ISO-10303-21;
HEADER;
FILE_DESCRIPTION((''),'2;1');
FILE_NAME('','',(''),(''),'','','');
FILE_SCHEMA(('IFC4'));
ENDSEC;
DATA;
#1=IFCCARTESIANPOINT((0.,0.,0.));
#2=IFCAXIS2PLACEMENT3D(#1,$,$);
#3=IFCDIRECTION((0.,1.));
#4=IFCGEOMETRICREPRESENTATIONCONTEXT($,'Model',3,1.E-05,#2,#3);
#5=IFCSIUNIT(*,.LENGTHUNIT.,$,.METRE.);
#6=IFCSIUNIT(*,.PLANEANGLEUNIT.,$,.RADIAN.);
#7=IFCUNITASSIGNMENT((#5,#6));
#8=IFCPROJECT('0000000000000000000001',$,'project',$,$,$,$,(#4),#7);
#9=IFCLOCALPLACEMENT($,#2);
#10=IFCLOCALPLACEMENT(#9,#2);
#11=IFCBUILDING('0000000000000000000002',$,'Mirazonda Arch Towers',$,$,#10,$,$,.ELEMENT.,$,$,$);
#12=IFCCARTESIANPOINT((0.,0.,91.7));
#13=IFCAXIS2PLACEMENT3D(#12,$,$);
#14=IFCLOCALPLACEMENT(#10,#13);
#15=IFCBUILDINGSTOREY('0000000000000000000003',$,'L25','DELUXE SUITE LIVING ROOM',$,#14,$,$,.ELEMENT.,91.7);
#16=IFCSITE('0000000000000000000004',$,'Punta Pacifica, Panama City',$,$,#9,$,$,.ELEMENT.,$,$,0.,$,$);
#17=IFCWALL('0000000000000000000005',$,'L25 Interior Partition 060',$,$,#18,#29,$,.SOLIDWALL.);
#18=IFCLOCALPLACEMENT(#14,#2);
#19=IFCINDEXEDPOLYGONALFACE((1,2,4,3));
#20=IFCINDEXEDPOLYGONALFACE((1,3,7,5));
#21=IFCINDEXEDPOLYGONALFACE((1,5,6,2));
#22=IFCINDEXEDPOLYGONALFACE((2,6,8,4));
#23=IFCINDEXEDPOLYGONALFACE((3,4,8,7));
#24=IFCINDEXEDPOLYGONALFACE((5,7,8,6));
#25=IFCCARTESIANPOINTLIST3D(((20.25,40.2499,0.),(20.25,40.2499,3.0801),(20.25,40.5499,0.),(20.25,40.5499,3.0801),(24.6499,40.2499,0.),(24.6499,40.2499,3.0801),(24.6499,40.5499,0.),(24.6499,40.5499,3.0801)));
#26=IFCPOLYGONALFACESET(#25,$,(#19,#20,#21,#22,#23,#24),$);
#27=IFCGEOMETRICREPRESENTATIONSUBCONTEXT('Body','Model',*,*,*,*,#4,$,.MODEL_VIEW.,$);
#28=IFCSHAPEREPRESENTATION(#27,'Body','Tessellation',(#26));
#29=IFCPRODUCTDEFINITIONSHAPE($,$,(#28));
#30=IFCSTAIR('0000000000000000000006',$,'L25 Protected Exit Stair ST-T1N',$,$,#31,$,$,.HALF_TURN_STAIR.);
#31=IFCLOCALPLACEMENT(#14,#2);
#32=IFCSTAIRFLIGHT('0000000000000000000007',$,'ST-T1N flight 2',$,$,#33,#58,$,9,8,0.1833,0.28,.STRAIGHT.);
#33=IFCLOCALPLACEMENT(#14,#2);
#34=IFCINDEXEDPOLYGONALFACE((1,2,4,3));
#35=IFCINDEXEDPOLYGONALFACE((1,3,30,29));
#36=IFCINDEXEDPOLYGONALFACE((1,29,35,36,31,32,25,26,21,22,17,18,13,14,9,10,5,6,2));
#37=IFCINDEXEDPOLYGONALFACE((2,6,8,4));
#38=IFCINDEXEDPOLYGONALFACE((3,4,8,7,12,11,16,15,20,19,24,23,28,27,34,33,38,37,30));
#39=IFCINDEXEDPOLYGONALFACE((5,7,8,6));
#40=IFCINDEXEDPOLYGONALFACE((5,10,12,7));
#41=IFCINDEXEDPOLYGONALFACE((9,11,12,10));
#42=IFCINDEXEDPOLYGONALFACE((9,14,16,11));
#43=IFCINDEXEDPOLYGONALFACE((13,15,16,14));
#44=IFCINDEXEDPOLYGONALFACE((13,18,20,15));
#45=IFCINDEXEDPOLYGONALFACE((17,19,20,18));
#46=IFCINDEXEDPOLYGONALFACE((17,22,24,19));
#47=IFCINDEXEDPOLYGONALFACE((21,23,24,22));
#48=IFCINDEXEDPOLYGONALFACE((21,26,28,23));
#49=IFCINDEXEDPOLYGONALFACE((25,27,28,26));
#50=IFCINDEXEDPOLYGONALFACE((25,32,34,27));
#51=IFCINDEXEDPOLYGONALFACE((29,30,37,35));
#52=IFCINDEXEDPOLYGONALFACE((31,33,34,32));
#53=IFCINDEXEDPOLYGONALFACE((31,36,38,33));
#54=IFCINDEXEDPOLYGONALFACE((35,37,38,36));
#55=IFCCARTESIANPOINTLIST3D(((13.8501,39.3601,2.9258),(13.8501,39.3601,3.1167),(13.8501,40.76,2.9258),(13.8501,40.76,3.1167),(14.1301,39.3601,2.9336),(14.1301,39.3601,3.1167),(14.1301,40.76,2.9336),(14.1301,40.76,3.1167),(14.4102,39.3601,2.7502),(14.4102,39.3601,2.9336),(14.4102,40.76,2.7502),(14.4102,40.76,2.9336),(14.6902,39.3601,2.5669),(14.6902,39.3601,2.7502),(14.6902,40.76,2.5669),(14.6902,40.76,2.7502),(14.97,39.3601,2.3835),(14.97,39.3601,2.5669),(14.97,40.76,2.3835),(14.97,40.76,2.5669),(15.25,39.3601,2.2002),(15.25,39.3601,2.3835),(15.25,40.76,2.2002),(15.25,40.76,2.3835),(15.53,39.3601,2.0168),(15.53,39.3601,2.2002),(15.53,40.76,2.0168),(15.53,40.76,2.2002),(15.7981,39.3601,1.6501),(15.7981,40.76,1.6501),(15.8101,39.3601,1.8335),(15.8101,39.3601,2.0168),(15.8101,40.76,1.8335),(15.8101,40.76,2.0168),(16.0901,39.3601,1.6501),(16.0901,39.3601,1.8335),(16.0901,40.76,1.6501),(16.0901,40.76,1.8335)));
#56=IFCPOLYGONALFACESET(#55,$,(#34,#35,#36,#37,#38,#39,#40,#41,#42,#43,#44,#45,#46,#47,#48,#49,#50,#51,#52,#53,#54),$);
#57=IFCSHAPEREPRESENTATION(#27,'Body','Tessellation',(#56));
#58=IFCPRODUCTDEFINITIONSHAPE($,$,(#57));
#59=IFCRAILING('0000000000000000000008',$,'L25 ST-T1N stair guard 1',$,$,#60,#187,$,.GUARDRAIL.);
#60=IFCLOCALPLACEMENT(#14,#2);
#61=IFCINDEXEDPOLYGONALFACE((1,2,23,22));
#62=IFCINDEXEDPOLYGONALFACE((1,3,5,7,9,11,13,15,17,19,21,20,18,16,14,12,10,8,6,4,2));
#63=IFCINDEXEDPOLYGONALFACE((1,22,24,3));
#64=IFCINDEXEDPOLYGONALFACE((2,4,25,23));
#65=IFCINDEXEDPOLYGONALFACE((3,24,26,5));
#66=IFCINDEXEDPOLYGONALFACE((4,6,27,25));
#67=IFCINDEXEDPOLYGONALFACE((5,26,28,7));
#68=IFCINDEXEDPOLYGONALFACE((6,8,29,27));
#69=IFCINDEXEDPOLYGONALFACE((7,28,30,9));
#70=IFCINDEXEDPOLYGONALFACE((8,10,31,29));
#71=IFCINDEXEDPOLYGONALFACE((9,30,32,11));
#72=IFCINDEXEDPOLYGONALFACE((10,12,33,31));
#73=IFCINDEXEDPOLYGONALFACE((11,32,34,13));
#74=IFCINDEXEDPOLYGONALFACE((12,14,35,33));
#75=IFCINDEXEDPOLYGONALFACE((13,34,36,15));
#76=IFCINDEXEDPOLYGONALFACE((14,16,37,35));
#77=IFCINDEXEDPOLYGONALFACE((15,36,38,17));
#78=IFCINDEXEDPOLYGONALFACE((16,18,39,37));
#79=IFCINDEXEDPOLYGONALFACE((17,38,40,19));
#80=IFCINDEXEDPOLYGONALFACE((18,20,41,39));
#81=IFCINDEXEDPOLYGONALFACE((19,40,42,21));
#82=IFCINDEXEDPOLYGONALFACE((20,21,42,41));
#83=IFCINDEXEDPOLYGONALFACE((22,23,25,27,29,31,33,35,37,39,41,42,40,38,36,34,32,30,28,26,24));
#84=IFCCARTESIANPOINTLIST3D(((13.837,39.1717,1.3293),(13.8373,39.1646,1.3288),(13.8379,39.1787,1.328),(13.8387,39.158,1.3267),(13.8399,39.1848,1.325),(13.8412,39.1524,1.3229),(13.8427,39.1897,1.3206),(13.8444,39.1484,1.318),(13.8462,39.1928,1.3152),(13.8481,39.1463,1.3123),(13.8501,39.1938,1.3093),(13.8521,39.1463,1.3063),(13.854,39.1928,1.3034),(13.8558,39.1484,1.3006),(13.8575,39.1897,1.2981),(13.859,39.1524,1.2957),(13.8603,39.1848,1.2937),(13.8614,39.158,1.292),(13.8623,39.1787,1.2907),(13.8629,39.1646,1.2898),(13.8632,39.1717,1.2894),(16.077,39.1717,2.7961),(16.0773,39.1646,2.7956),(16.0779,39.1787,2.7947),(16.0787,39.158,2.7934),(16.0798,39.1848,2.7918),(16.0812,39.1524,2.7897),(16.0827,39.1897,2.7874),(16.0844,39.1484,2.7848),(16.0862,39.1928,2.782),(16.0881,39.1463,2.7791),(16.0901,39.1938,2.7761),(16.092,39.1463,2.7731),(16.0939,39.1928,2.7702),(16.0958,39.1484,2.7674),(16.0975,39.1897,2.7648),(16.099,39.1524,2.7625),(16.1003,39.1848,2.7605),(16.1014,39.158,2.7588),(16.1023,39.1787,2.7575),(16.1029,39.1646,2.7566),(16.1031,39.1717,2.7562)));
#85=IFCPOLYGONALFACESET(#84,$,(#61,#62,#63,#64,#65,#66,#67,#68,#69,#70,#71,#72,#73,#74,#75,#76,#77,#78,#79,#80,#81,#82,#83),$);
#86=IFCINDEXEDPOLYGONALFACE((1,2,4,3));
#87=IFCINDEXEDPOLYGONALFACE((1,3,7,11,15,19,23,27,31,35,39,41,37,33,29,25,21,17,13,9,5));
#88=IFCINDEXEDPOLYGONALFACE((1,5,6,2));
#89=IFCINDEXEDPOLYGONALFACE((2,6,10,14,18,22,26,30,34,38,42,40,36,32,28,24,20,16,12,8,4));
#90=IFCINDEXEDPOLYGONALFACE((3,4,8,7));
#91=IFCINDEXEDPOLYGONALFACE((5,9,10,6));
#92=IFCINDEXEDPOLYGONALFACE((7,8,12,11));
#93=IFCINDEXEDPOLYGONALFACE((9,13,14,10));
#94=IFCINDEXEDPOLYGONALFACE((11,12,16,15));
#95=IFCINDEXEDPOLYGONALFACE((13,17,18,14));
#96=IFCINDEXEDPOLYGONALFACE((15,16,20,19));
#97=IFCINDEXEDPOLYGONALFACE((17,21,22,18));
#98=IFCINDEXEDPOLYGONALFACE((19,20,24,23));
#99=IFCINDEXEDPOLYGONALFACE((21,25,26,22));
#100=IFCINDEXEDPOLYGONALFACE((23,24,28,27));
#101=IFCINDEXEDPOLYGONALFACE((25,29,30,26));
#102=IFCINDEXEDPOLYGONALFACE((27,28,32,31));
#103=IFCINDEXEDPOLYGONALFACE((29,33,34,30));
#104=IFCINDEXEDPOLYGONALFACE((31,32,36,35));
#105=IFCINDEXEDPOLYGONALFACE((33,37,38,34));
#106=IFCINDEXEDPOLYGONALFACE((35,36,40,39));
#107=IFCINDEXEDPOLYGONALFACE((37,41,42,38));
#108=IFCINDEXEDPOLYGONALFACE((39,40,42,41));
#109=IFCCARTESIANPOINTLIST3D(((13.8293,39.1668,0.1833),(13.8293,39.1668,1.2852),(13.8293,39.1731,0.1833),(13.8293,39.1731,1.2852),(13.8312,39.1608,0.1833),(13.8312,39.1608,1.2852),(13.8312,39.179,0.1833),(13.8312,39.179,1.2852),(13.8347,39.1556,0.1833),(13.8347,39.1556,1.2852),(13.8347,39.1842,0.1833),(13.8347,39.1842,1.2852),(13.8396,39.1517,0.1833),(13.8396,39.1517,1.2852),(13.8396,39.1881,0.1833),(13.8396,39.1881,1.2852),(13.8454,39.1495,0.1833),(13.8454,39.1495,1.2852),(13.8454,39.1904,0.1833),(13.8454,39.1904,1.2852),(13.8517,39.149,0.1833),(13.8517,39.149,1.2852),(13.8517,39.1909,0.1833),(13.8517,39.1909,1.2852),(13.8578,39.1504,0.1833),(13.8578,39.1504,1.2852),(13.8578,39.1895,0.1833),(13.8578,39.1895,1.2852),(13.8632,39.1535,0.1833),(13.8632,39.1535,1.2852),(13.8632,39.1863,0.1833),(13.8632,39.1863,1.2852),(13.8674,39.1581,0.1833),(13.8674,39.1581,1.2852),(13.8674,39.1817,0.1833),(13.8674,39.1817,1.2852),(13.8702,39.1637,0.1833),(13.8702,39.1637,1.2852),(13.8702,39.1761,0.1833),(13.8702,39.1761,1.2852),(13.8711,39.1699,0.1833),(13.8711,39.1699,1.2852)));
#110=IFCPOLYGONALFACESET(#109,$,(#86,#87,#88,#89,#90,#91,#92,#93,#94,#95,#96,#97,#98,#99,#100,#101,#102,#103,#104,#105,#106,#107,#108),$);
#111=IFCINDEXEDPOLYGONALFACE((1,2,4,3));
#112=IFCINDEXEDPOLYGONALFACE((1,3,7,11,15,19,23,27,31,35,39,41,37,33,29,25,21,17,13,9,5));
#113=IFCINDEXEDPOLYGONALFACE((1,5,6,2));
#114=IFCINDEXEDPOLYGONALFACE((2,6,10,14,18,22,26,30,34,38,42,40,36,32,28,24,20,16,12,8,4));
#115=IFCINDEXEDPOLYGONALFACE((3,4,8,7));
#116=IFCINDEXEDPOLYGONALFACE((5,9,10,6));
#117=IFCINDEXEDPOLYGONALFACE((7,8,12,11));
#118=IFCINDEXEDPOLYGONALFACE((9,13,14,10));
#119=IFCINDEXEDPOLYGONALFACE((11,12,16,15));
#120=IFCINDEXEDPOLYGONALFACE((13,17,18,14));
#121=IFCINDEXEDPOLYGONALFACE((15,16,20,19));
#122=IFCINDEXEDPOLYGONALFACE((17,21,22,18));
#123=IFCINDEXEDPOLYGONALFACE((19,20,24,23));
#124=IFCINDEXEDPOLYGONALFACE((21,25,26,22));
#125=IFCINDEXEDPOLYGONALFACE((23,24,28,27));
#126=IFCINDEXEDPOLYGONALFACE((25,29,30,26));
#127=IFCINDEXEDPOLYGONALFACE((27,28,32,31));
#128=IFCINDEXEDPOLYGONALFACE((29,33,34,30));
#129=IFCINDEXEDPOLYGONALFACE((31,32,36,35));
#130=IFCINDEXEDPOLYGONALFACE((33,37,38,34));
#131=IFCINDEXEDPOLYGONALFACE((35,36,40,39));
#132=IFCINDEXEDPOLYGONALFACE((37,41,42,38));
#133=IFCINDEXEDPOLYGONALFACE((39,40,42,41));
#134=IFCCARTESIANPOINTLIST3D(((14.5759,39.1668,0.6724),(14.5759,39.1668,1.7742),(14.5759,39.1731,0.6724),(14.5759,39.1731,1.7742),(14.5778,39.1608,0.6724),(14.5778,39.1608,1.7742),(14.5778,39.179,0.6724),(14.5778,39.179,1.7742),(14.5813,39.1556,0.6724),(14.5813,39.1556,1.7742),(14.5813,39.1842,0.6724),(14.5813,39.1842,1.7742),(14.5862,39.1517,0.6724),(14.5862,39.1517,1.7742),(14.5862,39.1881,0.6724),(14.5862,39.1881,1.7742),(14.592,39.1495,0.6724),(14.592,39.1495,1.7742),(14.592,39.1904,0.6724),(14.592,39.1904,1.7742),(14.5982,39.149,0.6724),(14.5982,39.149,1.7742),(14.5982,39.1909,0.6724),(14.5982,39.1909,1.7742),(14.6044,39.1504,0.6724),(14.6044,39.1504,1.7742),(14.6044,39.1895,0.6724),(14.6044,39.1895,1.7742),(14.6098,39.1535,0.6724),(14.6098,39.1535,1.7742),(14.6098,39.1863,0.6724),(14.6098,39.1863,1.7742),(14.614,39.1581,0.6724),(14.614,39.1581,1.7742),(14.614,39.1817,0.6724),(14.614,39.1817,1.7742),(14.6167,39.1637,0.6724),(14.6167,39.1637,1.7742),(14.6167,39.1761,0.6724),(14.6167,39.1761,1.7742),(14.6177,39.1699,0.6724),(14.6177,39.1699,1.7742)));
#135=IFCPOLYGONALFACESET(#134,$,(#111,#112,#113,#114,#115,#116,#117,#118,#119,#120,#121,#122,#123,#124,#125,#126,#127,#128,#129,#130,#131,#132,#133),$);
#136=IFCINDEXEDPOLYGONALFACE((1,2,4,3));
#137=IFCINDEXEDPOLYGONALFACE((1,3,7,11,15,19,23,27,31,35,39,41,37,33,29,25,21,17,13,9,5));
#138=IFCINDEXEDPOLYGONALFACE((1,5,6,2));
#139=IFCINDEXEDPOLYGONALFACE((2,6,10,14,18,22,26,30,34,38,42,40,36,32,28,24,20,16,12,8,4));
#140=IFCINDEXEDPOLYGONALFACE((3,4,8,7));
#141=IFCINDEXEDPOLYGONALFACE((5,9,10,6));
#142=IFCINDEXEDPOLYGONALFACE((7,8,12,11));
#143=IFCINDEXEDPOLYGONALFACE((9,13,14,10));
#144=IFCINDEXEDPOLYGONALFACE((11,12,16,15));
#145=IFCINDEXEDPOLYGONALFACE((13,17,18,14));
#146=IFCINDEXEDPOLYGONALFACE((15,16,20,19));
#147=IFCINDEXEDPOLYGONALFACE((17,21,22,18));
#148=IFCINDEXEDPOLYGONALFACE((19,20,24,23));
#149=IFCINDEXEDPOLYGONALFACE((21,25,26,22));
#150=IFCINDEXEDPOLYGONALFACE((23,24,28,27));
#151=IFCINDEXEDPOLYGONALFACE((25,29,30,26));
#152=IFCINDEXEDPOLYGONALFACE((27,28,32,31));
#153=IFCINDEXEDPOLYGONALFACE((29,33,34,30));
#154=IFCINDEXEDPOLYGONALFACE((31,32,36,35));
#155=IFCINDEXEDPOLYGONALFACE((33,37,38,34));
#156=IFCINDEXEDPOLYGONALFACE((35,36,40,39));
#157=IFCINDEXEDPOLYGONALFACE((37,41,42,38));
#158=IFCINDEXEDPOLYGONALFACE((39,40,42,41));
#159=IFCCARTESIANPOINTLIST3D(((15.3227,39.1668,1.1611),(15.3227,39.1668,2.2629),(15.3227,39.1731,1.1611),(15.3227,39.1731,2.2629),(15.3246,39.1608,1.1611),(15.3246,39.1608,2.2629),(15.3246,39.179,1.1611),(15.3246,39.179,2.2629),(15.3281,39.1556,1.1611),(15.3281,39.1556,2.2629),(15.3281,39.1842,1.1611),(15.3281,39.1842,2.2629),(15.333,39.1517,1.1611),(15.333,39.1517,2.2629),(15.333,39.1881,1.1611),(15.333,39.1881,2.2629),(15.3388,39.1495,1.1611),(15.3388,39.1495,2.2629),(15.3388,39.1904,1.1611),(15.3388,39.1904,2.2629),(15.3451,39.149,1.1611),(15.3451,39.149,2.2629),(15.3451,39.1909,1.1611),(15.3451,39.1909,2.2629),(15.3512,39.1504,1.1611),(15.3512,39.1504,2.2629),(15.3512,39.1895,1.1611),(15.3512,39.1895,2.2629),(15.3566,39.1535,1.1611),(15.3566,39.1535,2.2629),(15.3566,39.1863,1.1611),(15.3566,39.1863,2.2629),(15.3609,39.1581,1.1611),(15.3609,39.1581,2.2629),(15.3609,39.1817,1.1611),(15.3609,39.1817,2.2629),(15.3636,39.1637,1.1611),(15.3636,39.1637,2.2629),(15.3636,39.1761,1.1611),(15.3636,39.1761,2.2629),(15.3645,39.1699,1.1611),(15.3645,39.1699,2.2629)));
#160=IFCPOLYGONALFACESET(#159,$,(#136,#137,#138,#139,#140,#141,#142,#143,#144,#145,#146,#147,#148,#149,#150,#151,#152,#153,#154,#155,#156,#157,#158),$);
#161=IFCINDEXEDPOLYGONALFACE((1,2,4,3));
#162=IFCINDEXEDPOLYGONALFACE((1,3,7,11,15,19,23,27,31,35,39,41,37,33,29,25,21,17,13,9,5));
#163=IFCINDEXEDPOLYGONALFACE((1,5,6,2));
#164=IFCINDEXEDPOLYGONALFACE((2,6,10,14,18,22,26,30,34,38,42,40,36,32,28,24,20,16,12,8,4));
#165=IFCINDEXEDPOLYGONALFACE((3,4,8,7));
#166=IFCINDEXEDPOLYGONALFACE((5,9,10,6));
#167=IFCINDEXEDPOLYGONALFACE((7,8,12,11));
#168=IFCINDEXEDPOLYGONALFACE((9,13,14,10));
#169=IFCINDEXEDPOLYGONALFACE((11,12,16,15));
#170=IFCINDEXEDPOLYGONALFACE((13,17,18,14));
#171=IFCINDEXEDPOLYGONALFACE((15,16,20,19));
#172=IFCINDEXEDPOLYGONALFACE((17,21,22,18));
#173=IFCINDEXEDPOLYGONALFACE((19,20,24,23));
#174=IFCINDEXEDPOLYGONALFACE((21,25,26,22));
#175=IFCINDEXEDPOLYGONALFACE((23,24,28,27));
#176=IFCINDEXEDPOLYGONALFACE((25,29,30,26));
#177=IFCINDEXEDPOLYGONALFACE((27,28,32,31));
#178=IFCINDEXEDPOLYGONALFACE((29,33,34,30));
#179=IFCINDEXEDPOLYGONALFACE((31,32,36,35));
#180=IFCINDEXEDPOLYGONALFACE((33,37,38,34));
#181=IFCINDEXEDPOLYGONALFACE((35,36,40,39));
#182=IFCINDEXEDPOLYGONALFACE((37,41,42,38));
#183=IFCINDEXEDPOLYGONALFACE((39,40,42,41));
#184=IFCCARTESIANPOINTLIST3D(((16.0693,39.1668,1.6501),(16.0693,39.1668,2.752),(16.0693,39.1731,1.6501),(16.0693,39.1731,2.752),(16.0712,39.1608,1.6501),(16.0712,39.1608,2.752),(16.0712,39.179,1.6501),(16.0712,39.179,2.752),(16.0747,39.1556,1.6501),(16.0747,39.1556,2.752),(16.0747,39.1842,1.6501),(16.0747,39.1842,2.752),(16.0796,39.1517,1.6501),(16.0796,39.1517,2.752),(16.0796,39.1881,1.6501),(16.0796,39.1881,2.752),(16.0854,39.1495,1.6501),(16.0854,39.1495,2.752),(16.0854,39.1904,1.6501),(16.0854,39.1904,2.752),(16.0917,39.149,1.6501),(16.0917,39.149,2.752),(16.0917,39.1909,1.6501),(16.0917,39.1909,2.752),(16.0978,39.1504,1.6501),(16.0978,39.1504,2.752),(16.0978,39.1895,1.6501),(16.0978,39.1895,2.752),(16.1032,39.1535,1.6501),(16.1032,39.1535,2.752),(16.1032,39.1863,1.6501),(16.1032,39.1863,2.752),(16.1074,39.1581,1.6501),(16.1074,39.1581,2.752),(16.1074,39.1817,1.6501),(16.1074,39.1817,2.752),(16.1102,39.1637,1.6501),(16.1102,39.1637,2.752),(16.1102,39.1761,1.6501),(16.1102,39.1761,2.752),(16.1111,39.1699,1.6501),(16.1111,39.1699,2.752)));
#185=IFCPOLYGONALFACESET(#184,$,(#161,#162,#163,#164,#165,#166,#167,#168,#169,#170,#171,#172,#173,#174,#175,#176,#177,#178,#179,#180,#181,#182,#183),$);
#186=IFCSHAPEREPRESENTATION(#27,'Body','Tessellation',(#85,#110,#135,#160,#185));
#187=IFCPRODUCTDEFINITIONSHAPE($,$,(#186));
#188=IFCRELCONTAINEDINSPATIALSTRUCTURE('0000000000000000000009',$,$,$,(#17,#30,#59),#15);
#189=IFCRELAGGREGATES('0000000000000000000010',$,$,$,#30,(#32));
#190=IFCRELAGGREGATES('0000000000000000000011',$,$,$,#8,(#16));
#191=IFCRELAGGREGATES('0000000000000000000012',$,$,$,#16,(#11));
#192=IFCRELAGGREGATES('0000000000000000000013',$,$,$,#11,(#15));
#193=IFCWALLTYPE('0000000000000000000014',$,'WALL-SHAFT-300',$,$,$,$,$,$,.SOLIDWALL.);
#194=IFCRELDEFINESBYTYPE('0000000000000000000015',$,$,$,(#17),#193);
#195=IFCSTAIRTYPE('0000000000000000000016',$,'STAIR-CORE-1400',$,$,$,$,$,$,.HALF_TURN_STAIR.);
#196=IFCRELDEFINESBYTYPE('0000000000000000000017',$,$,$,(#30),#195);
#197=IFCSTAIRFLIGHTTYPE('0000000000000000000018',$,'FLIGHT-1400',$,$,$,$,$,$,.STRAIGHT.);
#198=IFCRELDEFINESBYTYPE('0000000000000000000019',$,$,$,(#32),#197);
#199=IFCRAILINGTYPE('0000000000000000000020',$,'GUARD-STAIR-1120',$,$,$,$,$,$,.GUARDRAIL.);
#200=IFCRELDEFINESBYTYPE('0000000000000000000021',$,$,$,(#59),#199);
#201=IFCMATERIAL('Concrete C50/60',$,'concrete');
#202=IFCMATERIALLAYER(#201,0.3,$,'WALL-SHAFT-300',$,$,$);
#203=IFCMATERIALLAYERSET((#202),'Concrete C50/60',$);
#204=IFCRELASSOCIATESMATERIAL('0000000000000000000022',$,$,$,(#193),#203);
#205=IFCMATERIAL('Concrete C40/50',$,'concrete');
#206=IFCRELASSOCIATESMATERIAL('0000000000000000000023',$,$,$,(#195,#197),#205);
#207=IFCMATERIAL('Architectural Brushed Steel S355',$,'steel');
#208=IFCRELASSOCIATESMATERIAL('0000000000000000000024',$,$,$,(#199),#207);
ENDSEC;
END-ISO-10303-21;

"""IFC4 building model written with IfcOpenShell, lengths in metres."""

from ifc_helpers import new_model, si_unit, direction, frame, frame_2d, origin, origin_2d, place, context, subcontext, project, spatial, polyline, rectangle, circle, outline, extrude, material, layer, layer_set, type_object, element, aggregate, save


model = new_model("IFC4")

# Units and contexts
model_context = context("Model", 3, precision=1e-05, world=origin(), true_north=direction((0.0, 1.0)))
body_context = subcontext(model_context, "Body", "Model", "MODEL_VIEW")
ifc_project = project(units=[si_unit("LENGTHUNIT", "METRE"), si_unit("PLANEANGLEUNIT", "RADIAN")], contexts=[model_context])

# Site, building, storey
site_placement = place(None, origin())
site = spatial("IfcSite", under=ifc_project, at=site_placement, Name="Punta Pacifica, Panama City", CompositionType="ELEMENT", RefElevation=0.0)
building_placement = place(site_placement, origin())
building = spatial("IfcBuilding", under=site, at=building_placement, Name="Mirazonda Arch Towers", CompositionType="ELEMENT")
storey_placement = place(building_placement, frame((0.0, 0.0, 91.7)))
storey = spatial("IfcBuildingStorey", under=building, at=storey_placement, Name="L25", Description="DELUXE SUITE LIVING ROOM", CompositionType="ELEMENT", Elevation=91.7)

# Shared definitions
ifc_material_1 = material(Name="Concrete C50/60", Category="concrete")

# Shared definitions
ifc_material_2 = material(Name="Architectural Brushed Steel S355", Category="steel")

# Wall
ifc_layer_1 = layer(ifc_material_1, 0.3, Name="WALL-SHAFT-300")
ifc_layer_set_1 = layer_set([ifc_layer_1], Name="Concrete C50/60")
wall_type_1 = type_object("IfcWallType", Name="WALL-SHAFT-300", PredefinedType="SOLIDWALL", material=ifc_layer_set_1)
wall_1_placement = place(storey_placement, frame((20.25, 40.3999, 0.0), z_axis=(0.0, 0.0, 1.0), x_axis=(1.0, 0.0, 0.0)))
element("IfcWall", 1, at=wall_1_placement, inside=storey, type_object=wall_type_1, Name="L25 Interior Partition 060", PredefinedType="SOLIDWALL", context=body_context, shape_type="SweptSolid", body=[
    extrude(rectangle(XDim=4.3999, YDim=0.3, at=frame_2d((2.2, 0.0))), origin(), (0.0, 0.0, 1.0), 3.0801),
])

# Stair, stair flight
ifc_material_3 = material(Name="Concrete C40/50", Category="concrete")
stair_type = type_object("IfcStairType", Name="STAIR-CORE-1400", PredefinedType="HALF_TURN_STAIR", material=ifc_material_3)
stair_placement = place(storey_placement, origin())
stair = element("IfcStair", 2, at=stair_placement, inside=storey, type_object=stair_type, Name="L25 Protected Exit Stair ST-T1N", PredefinedType="HALF_TURN_STAIR")
stair_flight_type = type_object("IfcStairFlightType", Name="FLIGHT-1400", PredefinedType="STRAIGHT", material=ifc_material_3)
stair_flight_placement = place(storey_placement, frame((16.0901, 40.0601, 1.6501), z_axis=(0.0, 0.0, 1.0), x_axis=(-1.0, 0.0, 0.0)))
stair_flight = element("IfcStairFlight", 3, at=stair_flight_placement, type_object=stair_flight_type, Name="ST-T1N flight 2", NumberOfRisers=9, NumberOfTreads=8, PredefinedType="STRAIGHT", RiserHeight=0.1833, TreadLength=0.28, context=body_context, shape_type="SweptSolid", body=[
    extrude(outline(polyline([(0.0, 0.0), (0.0, 0.1833), (0.28, 0.1833), (0.28, 0.3667), (0.5601, 0.3667), (0.5601, 0.55), (0.8401, 0.55), (0.8401, 0.7334), (1.1201, 0.7334), (1.1201, 0.9167), (1.3999, 0.9167), (1.3999, 1.1001), (1.6799, 1.1001), (1.6799, 1.2834), (1.96, 1.2834), (1.96, 1.4666), (2.24, 1.4666), (2.24, 1.6499), (2.24, 1.2756), (0.292, 0.0), (0.0, 0.0)])), frame((0.0, 0.7, 0.0), z_axis=(0.0, -1.0, 0.0), x_axis=(1.0, 0.0, 0.0)), (0.0, 0.0, 1.0), 1.3999),
])
aggregate(stair, [stair_flight])

# Railing
railing_type_1 = type_object("IfcRailingType", Name="GUARD-STAIR-1120", PredefinedType="GUARDRAIL", material=ifc_material_2)
railing_1_placement = place(storey_placement, frame((13.8501, 39.1699, 0.1833)))
element("IfcRailing", 4, at=railing_1_placement, inside=storey, type_object=railing_type_1, Name="L25 ST-T1N stair guard 1", PredefinedType="GUARDRAIL", context=body_context, shape_type="SweptSolid", body=[
    extrude(circle(Radius=0.0239, at=origin_2d()), frame((0.0, 0.0, 1.126), z_axis=(0.836595, 0.0, 0.547822), x_axis=(0.0, 1.0, 0.0)), (0.0, 0.0, 1.0), 2.6775),
    extrude(circle(Radius=0.021, at=origin_2d()), origin(), (0.0, 0.0, 1.0), 1.1018),
    extrude(circle(Radius=0.021, at=origin_2d()), frame((0.7466, 0.0, 0.489)), (0.0, 0.0, 1.0), 1.1018),
    extrude(circle(Radius=0.021, at=origin_2d()), frame((1.4934, 0.0, 0.9778)), (0.0, 0.0, 1.0), 1.1018),
    extrude(circle(Radius=0.021, at=origin_2d()), frame((2.24, 0.0, 1.4668)), (0.0, 0.0, 1.0), 1.1018),
])

save(model, "model.ifc")
